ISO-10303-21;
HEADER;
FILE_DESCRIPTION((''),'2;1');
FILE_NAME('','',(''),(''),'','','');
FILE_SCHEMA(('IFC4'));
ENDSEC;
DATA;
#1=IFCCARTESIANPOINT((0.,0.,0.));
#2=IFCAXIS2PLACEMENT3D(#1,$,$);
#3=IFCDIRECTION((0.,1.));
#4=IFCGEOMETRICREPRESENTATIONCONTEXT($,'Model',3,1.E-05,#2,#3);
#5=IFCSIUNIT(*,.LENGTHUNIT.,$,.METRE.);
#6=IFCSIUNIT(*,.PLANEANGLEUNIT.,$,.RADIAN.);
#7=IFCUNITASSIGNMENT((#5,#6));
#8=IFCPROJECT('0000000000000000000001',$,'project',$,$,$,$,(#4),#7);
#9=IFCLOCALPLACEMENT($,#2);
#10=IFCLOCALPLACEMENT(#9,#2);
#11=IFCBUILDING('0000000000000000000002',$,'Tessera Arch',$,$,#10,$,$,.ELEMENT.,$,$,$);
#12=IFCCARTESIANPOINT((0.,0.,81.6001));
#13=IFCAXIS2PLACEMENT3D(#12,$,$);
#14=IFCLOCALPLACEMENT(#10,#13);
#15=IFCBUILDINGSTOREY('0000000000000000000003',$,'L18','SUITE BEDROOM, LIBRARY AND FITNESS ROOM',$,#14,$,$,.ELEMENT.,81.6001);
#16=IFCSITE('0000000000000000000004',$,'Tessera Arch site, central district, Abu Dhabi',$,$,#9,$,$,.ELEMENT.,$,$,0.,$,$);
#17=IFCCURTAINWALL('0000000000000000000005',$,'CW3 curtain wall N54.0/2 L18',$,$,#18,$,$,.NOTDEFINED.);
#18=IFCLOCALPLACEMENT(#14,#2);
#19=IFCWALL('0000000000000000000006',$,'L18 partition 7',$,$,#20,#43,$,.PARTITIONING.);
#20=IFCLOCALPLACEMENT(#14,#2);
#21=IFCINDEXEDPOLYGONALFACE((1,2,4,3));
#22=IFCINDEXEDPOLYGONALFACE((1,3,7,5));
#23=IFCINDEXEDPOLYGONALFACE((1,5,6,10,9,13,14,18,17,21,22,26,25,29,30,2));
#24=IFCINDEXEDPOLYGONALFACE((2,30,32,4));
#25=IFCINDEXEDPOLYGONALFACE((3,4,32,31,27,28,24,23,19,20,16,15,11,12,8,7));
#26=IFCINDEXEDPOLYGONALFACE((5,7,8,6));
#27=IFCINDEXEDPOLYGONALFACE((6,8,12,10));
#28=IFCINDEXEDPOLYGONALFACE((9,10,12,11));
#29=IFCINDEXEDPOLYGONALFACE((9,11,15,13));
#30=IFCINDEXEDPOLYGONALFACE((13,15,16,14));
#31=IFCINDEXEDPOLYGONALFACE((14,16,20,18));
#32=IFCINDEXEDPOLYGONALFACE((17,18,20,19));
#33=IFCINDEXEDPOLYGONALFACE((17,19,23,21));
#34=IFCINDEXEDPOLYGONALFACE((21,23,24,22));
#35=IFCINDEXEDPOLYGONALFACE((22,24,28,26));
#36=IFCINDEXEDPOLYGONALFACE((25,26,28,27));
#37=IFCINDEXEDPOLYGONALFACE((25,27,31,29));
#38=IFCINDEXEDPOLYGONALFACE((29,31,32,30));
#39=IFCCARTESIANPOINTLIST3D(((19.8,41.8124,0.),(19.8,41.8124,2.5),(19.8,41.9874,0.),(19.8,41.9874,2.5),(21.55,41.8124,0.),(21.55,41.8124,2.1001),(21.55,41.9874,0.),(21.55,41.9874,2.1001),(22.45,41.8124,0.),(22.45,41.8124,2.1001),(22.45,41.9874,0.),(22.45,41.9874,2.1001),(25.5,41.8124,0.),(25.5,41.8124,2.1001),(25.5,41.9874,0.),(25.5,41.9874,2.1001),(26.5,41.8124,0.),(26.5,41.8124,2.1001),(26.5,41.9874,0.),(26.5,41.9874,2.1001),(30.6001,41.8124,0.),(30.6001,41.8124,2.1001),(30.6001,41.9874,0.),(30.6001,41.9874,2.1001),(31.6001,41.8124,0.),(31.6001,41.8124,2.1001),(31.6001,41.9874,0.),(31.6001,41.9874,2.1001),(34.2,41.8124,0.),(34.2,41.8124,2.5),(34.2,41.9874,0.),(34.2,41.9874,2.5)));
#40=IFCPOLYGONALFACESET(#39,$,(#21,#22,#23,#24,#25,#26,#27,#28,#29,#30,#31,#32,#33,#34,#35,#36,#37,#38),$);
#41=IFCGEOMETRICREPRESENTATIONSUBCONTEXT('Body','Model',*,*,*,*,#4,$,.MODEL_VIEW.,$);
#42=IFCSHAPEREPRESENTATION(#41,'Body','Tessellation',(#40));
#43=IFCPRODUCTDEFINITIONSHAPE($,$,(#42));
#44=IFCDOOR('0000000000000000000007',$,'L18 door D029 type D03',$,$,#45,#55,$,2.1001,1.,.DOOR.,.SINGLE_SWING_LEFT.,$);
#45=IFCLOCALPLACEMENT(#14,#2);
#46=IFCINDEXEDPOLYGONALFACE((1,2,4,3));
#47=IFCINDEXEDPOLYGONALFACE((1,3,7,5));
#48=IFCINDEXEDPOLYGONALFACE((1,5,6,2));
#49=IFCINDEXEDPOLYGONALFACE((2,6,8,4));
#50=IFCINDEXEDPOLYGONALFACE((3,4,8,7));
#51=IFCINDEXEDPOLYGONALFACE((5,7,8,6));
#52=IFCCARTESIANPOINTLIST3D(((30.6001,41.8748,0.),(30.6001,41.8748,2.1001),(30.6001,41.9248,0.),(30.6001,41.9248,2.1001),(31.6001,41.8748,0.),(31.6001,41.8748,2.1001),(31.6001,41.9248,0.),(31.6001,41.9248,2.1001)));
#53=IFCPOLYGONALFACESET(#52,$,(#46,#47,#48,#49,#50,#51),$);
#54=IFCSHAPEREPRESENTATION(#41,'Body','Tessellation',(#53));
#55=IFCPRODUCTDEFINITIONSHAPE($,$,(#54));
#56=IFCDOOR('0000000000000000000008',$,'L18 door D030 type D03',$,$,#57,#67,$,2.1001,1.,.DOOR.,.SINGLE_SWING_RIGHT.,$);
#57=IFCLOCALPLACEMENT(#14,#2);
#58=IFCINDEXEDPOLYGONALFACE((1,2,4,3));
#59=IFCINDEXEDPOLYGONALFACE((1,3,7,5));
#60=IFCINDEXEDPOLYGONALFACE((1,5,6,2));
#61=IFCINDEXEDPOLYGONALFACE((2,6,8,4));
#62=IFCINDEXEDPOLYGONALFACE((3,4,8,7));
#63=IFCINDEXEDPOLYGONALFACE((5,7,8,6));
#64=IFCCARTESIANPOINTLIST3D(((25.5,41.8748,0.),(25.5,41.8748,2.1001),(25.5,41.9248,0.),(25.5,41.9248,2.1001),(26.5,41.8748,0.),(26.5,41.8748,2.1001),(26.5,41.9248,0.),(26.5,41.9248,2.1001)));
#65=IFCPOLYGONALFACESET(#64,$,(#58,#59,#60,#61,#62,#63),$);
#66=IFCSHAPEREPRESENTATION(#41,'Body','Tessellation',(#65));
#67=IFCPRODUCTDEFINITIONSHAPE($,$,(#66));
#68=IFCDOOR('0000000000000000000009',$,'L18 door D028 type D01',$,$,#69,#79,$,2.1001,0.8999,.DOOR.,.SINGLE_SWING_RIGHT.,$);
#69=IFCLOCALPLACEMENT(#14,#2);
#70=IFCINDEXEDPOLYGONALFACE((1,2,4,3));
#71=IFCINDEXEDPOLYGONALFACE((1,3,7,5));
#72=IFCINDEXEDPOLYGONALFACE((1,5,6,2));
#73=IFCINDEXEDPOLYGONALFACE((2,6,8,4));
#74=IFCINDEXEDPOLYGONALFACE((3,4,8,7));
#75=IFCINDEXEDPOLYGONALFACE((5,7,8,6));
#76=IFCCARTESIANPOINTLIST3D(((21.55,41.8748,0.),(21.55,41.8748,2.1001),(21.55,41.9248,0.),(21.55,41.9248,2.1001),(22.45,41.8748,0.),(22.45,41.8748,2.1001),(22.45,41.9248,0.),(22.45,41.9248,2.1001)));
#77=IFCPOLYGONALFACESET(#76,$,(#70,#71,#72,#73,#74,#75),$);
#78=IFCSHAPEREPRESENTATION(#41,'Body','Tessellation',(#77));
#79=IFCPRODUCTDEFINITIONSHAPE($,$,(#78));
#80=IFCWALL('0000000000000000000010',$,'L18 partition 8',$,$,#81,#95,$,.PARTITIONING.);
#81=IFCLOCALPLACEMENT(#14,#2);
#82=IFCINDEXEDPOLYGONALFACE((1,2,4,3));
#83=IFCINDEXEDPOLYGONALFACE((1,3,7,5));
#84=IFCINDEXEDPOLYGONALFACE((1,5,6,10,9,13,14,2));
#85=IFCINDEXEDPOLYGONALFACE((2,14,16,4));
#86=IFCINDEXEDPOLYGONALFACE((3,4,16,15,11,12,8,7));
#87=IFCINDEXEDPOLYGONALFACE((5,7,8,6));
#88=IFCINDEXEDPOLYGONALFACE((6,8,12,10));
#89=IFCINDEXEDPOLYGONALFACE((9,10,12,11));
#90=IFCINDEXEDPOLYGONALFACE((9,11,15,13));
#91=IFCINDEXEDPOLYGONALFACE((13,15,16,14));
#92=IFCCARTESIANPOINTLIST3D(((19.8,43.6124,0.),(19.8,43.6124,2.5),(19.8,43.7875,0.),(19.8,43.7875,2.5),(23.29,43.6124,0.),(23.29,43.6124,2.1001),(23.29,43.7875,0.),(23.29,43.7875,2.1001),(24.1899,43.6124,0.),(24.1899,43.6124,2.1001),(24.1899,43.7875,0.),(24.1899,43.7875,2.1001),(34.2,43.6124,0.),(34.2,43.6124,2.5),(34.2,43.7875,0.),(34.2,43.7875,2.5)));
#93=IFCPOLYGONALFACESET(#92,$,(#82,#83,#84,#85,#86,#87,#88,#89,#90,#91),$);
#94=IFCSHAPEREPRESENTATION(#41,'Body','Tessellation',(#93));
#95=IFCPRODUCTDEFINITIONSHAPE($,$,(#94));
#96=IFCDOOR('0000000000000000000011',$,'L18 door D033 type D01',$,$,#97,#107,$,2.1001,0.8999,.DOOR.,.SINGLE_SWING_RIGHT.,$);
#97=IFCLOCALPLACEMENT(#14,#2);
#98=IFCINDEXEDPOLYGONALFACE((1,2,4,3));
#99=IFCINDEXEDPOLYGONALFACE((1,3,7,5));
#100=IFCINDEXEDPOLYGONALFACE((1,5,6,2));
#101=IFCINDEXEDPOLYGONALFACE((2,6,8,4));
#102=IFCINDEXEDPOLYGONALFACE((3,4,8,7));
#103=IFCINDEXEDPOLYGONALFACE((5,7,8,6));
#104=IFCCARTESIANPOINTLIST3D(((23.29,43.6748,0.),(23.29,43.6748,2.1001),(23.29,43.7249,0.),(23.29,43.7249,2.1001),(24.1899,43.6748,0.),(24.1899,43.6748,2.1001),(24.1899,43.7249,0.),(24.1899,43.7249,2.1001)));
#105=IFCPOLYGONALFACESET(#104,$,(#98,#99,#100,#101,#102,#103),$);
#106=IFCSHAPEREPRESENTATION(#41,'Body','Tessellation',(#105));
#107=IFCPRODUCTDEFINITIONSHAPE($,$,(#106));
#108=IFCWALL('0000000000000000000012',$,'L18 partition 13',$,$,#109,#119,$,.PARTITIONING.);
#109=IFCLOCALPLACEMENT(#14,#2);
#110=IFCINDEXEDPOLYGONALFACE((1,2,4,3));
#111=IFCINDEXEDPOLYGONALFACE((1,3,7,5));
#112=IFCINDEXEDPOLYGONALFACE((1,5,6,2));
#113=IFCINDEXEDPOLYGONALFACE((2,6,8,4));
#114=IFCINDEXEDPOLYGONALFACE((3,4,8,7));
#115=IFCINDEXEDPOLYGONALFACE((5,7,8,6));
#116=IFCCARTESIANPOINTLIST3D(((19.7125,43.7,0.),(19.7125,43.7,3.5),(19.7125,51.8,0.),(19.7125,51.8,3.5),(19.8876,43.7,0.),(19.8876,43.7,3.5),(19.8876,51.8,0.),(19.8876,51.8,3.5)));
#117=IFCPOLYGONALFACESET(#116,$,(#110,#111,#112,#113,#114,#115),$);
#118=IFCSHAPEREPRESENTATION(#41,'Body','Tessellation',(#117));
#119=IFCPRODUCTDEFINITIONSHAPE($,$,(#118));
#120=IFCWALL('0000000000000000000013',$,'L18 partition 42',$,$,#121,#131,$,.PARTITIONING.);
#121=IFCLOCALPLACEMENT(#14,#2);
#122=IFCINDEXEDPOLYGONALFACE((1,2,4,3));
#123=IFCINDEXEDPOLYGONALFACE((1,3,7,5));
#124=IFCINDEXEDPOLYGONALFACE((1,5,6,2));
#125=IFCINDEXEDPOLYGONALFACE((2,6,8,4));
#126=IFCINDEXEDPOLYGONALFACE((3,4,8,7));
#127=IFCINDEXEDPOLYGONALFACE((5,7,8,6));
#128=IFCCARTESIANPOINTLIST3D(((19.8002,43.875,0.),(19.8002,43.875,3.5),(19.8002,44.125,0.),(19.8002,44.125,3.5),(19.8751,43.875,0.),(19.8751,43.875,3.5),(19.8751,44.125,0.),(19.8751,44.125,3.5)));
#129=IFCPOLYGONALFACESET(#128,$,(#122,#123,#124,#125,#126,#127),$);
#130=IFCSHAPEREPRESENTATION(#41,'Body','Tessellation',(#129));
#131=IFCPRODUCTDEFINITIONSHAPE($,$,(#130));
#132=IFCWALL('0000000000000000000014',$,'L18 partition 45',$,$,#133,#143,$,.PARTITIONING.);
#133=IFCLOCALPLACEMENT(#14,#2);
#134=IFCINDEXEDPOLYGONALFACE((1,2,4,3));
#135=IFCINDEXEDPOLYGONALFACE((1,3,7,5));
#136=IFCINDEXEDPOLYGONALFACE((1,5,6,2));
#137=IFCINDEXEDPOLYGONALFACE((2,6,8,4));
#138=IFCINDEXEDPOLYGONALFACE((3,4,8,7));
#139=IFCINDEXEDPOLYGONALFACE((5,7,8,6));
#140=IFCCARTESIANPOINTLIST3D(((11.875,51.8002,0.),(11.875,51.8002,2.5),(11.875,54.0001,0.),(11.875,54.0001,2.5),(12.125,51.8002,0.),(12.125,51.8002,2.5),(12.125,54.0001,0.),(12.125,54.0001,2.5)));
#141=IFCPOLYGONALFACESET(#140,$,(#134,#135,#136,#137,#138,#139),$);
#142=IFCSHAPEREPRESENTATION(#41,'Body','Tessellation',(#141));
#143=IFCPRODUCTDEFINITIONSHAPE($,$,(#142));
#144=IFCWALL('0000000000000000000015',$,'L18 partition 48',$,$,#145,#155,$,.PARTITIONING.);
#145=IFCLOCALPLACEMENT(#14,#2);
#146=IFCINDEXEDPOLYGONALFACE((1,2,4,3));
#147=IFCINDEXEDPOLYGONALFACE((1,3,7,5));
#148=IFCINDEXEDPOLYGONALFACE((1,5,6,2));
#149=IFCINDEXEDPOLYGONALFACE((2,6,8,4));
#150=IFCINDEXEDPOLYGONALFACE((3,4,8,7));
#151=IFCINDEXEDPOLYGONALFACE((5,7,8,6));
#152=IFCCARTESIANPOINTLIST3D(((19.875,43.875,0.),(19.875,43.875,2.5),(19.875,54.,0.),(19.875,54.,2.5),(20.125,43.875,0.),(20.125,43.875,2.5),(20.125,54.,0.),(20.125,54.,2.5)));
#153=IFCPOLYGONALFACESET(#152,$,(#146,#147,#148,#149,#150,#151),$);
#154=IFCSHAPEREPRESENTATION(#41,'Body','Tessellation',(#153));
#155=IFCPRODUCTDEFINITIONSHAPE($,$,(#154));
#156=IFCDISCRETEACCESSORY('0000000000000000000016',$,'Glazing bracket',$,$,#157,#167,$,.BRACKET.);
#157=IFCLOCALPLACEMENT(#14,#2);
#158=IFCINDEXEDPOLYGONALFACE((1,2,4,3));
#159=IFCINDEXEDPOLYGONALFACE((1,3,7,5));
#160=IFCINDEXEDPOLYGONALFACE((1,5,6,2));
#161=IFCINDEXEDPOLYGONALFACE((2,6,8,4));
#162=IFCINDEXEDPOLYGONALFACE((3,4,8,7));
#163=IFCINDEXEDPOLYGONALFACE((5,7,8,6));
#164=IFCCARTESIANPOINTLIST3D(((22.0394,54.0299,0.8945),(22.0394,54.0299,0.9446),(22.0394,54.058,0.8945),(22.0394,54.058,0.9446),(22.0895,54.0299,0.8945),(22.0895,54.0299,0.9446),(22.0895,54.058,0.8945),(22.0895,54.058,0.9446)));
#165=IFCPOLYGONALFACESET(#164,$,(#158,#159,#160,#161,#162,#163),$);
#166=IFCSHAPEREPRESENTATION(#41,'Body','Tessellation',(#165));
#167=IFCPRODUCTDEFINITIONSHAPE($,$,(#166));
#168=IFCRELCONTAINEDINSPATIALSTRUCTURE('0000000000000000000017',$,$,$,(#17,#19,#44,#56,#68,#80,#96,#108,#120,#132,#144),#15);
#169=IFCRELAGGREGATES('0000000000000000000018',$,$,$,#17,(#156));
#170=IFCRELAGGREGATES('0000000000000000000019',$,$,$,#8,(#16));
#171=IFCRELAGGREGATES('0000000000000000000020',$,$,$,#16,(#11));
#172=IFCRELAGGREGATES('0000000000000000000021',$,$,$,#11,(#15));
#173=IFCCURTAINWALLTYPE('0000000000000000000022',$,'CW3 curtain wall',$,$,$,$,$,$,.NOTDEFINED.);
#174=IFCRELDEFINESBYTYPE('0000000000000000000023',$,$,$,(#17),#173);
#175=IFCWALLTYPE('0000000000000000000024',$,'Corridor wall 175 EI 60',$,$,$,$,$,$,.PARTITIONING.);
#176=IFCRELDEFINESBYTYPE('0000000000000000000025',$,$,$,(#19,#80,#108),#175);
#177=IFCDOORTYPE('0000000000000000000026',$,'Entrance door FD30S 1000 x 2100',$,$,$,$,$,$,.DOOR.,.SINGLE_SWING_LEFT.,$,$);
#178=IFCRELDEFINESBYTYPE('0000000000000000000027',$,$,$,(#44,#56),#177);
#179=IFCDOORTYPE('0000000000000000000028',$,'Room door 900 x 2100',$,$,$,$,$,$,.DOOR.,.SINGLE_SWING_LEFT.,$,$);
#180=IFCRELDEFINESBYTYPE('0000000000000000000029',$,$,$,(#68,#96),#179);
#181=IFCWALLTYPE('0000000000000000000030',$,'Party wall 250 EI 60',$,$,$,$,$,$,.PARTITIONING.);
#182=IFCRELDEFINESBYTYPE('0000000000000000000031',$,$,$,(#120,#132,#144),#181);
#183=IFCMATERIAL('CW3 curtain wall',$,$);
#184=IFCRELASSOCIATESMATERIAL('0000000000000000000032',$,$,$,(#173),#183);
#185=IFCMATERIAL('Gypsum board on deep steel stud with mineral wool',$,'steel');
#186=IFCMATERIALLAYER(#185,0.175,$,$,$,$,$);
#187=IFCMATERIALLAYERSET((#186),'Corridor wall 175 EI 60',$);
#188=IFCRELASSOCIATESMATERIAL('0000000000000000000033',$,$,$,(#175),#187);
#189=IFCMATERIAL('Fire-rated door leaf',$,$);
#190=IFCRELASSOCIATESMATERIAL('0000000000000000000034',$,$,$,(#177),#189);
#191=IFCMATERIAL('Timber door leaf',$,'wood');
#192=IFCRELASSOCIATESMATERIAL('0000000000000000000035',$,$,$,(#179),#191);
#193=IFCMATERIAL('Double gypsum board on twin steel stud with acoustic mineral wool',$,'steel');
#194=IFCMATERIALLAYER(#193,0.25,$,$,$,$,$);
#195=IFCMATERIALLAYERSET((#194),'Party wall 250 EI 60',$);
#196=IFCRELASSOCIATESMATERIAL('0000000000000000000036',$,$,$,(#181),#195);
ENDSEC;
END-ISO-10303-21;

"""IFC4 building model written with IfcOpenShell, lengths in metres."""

from ifc_helpers import new_model, si_unit, direction, frame, frame_2d, origin, origin_2d, place, context, subcontext, project, spatial, rectangle, extrude, material, layer, layer_set, type_object, element, fill, aggregate, save


model = new_model("IFC4")

# Units and contexts
model_context = context("Model", 3, precision=1e-05, world=origin(), true_north=direction((0.0, 1.0)))
body_context = subcontext(model_context, "Body", "Model", "MODEL_VIEW")
ifc_project = project(units=[si_unit("LENGTHUNIT", "METRE"), si_unit("PLANEANGLEUNIT", "RADIAN")], contexts=[model_context])

# Site, building, storey
site_placement = place(None, origin())
site = spatial("IfcSite", under=ifc_project, at=site_placement, Name="Tessera Arch site, central district, Abu Dhabi", CompositionType="ELEMENT", RefElevation=0.0)
building_placement = place(site_placement, origin())
building = spatial("IfcBuilding", under=site, at=building_placement, Name="Tessera Arch", CompositionType="ELEMENT")
storey_placement = place(building_placement, frame((0.0, 0.0, 81.6001)))
storey = spatial("IfcBuildingStorey", under=building, at=storey_placement, Name="L18", Description="SUITE BEDROOM, LIBRARY AND FITNESS ROOM", CompositionType="ELEMENT", Elevation=81.6001)

# Curtain wall
ifc_material_1 = material(Name="CW3 curtain wall")
curtain_wall_type_1 = type_object("IfcCurtainWallType", Name="CW3 curtain wall", PredefinedType="NOTDEFINED", material=ifc_material_1)
curtain_wall_1_placement = place(storey_placement, origin())
curtain_wall_1 = element("IfcCurtainWall", 1, at=curtain_wall_1_placement, inside=storey, type_object=curtain_wall_type_1, Name="CW3 curtain wall N54.0/2 L18", PredefinedType="NOTDEFINED")

# Wall, openings, doors
ifc_material_2 = material(Name="Gypsum board on deep steel stud with mineral wool", Category="steel")
ifc_layer_1 = layer(ifc_material_2, 0.175)
ifc_layer_set_1 = layer_set([ifc_layer_1], Name="Corridor wall 175 EI 60")
wall_type_1 = type_object("IfcWallType", Name="Corridor wall 175 EI 60", PredefinedType="PARTITIONING", material=ifc_layer_set_1)
wall_1_placement = place(storey_placement, frame((19.8, 41.8999, 0.0), z_axis=(0.0, 0.0, 1.0), x_axis=(1.0, 0.0, 0.0)))
wall_1 = element("IfcWall", 2, at=wall_1_placement, inside=storey, type_object=wall_type_1, Name="L18 partition 7", PredefinedType="PARTITIONING", context=body_context, shape_type="SweptSolid", body=[
    extrude(rectangle(XDim=14.3999, YDim=0.175, at=frame_2d((7.2, 0.0))), origin(), (0.0, 0.0, 1.0), 2.5),
])
opening_1_placement = place(wall_1_placement, frame((1.75, 0.0, 0.0)))
opening_1 = element("IfcOpeningElement", 3, at=opening_1_placement, cuts=wall_1, PredefinedType="OPENING", context=body_context, shape_type="SweptSolid", body=[
    extrude(rectangle(XDim=0.8999, YDim=2.1001, at=frame_2d((0.45, 1.05))), frame((0.0, 0.0974, 0.0), z_axis=(0.0, -1.0, 0.0), x_axis=(1.0, 0.0, 0.0)), (0.0, 0.0, 1.0), 0.1951),
])
opening_2_placement = place(wall_1_placement, frame((10.8, 0.0, 0.0)))
opening_2 = element("IfcOpeningElement", 4, at=opening_2_placement, cuts=wall_1, PredefinedType="OPENING", context=body_context, shape_type="SweptSolid", body=[
    extrude(rectangle(XDim=1.0, YDim=2.1001, at=frame_2d((0.5, 1.05))), frame((0.0, 0.0974, 0.0), z_axis=(0.0, -1.0, 0.0), x_axis=(1.0, 0.0, 0.0)), (0.0, 0.0, 1.0), 0.1951),
])
opening_3_placement = place(wall_1_placement, frame((5.7, 0.0, 0.0)))
opening_3 = element("IfcOpeningElement", 5, at=opening_3_placement, cuts=wall_1, PredefinedType="OPENING", context=body_context, shape_type="SweptSolid", body=[
    extrude(rectangle(XDim=1.0, YDim=2.1001, at=frame_2d((0.5, 1.05))), frame((0.0, 0.0974, 0.0), z_axis=(0.0, -1.0, 0.0), x_axis=(1.0, 0.0, 0.0)), (0.0, 0.0, 1.0), 0.1951),
])
ifc_material_3 = material(Name="Fire-rated door leaf")
door_type_1 = type_object("IfcDoorType", Name="Entrance door FD30S 1000 x 2100", OperationType="SINGLE_SWING_LEFT", PredefinedType="DOOR", material=ifc_material_3)
door_1_placement = place(opening_2_placement, origin())
door_1 = element("IfcDoor", 6, at=door_1_placement, inside=storey, type_object=door_type_1, Name="L18 door D029 type D03", OperationType="SINGLE_SWING_LEFT", OverallHeight=2.1001, OverallWidth=1.0, PredefinedType="DOOR", context=body_context, shape_type="SweptSolid", body=[
    extrude(rectangle(XDim=1.0, YDim=2.1001, at=frame_2d((0.5, 1.05))), frame((0.0, 0.0249, 0.0), z_axis=(0.0, -1.0, 0.0), x_axis=(1.0, 0.0, 0.0)), (0.0, 0.0, 1.0), 0.05),
])
fill(opening_2, door_1)
door_2_placement = place(opening_3_placement, origin())
door_2 = element("IfcDoor", 7, at=door_2_placement, inside=storey, type_object=door_type_1, Name="L18 door D030 type D03", OperationType="SINGLE_SWING_RIGHT", OverallHeight=2.1001, OverallWidth=1.0, PredefinedType="DOOR", context=body_context, shape_type="SweptSolid", body=[
    extrude(rectangle(XDim=1.0, YDim=2.1001, at=frame_2d((0.5, 1.05))), frame((0.0, 0.0249, 0.0), z_axis=(0.0, -1.0, 0.0), x_axis=(1.0, 0.0, 0.0)), (0.0, 0.0, 1.0), 0.05),
])
fill(opening_3, door_2)
ifc_material_4 = material(Name="Timber door leaf", Category="wood")
door_type_2 = type_object("IfcDoorType", Name="Room door 900 x 2100", OperationType="SINGLE_SWING_LEFT", PredefinedType="DOOR", material=ifc_material_4)
door_3_placement = place(opening_1_placement, origin())
door_3 = element("IfcDoor", 8, at=door_3_placement, inside=storey, type_object=door_type_2, Name="L18 door D028 type D01", OperationType="SINGLE_SWING_RIGHT", OverallHeight=2.1001, OverallWidth=0.8999, PredefinedType="DOOR", context=body_context, shape_type="SweptSolid", body=[
    extrude(rectangle(XDim=0.8999, YDim=2.1001, at=frame_2d((0.45, 1.05))), frame((0.0, 0.0249, 0.0), z_axis=(0.0, -1.0, 0.0), x_axis=(1.0, 0.0, 0.0)), (0.0, 0.0, 1.0), 0.05),
])
fill(opening_1, door_3)

# Wall, opening, door
wall_2_placement = place(storey_placement, frame((19.8, 43.7, 0.0), z_axis=(0.0, 0.0, 1.0), x_axis=(1.0, 0.0, 0.0)))
wall_2 = element("IfcWall", 9, at=wall_2_placement, inside=storey, type_object=wall_type_1, Name="L18 partition 8", PredefinedType="PARTITIONING", context=body_context, shape_type="SweptSolid", body=[
    extrude(rectangle(XDim=14.3999, YDim=0.175, at=frame_2d((7.2, 0.0))), origin(), (0.0, 0.0, 1.0), 2.5),
])
opening_4_placement = place(wall_2_placement, frame((3.49, 0.0, 0.0)))
opening_4 = element("IfcOpeningElement", 10, at=opening_4_placement, cuts=wall_2, PredefinedType="OPENING", context=body_context, shape_type="SweptSolid", body=[
    extrude(rectangle(XDim=0.8999, YDim=2.1001, at=frame_2d((0.45, 1.05))), frame((0.0, 0.0974, 0.0), z_axis=(0.0, -1.0, 0.0), x_axis=(1.0, 0.0, 0.0)), (0.0, 0.0, 1.0), 0.1951),
])
door_4_placement = place(opening_4_placement, origin())
door_4 = element("IfcDoor", 11, at=door_4_placement, inside=storey, type_object=door_type_2, Name="L18 door D033 type D01", OperationType="SINGLE_SWING_RIGHT", OverallHeight=2.1001, OverallWidth=0.8999, PredefinedType="DOOR", context=body_context, shape_type="SweptSolid", body=[
    extrude(rectangle(XDim=0.8999, YDim=2.1001, at=frame_2d((0.45, 1.05))), frame((0.0, 0.0249, 0.0), z_axis=(0.0, -1.0, 0.0), x_axis=(1.0, 0.0, 0.0)), (0.0, 0.0, 1.0), 0.05),
])
fill(opening_4, door_4)

# Walls
wall_3_placement = place(storey_placement, frame((19.8, 43.7, 0.0), z_axis=(0.0, 0.0, 1.0), x_axis=(0.0, 1.0, 0.0)))
element("IfcWall", 12, at=wall_3_placement, inside=storey, type_object=wall_type_1, Name="L18 partition 13", PredefinedType="PARTITIONING", context=body_context, shape_type="SweptSolid", body=[
    extrude(rectangle(XDim=8.1001, YDim=0.175, at=frame_2d((4.05, 0.0))), origin(), (0.0, 0.0, 1.0), 3.5),
])
ifc_material_5 = material(Name="Double gypsum board on twin steel stud with acoustic mineral wool", Category="steel")
ifc_layer_2 = layer(ifc_material_5, 0.25)
ifc_layer_set_2 = layer_set([ifc_layer_2], Name="Party wall 250 EI 60")
wall_type_2 = type_object("IfcWallType", Name="Party wall 250 EI 60", PredefinedType="PARTITIONING", material=ifc_layer_set_2)
wall_4_placement = place(storey_placement, frame((19.8, 44.0, 0.0), z_axis=(0.0, 0.0, 1.0), x_axis=(1.0, 0.0, 0.0)))
element("IfcWall", 13, at=wall_4_placement, inside=storey, type_object=wall_type_2, Name="L18 partition 42", PredefinedType="PARTITIONING", context=body_context, shape_type="SweptSolid", body=[
    extrude(rectangle(XDim=0.075, YDim=0.25, at=frame_2d((0.0376, 0.0))), origin(), (0.0, 0.0, 1.0), 3.5),
])
wall_5_placement = place(storey_placement, frame((12.0, 51.8, 0.0), z_axis=(0.0, 0.0, 1.0), x_axis=(0.0, 1.0, 0.0)))
element("IfcWall", 14, at=wall_5_placement, inside=storey, type_object=wall_type_2, Name="L18 partition 45", PredefinedType="PARTITIONING", context=body_context, shape_type="SweptSolid", body=[
    extrude(rectangle(XDim=2.2, YDim=0.25, at=frame_2d((1.1001, 0.0))), origin(), (0.0, 0.0, 1.0), 2.5),
])
wall_6_placement = place(storey_placement, frame((20.0, 43.875, 0.0), z_axis=(0.0, 0.0, 1.0), x_axis=(0.0, 1.0, 0.0)))
element("IfcWall", 15, at=wall_6_placement, inside=storey, type_object=wall_type_2, Name="L18 partition 48", PredefinedType="PARTITIONING", context=body_context, shape_type="SweptSolid", body=[
    extrude(rectangle(XDim=10.125, YDim=0.25, at=frame_2d((5.0625, 0.0))), origin(), (0.0, 0.0, 1.0), 2.5),
])

# Discrete accessory
discrete_accessory_placement = place(storey_placement, frame((22.0645, 54.0439, 0.8945), z_axis=(0.0, 0.0, 1.0), x_axis=(-1.0, 0.0, 0.0)))
discrete_accessory = element("IfcDiscreteAccessory", 16, at=discrete_accessory_placement, Name="Glazing bracket", PredefinedType="BRACKET", context=body_context, shape_type="SweptSolid", body=[
    extrude(rectangle(XDim=0.05, YDim=0.0281, at=origin_2d()), origin(), (0.0, 0.0, 1.0), 0.05),
])
aggregate(curtain_wall_1, [discrete_accessory])

save(model, "model.ifc")
